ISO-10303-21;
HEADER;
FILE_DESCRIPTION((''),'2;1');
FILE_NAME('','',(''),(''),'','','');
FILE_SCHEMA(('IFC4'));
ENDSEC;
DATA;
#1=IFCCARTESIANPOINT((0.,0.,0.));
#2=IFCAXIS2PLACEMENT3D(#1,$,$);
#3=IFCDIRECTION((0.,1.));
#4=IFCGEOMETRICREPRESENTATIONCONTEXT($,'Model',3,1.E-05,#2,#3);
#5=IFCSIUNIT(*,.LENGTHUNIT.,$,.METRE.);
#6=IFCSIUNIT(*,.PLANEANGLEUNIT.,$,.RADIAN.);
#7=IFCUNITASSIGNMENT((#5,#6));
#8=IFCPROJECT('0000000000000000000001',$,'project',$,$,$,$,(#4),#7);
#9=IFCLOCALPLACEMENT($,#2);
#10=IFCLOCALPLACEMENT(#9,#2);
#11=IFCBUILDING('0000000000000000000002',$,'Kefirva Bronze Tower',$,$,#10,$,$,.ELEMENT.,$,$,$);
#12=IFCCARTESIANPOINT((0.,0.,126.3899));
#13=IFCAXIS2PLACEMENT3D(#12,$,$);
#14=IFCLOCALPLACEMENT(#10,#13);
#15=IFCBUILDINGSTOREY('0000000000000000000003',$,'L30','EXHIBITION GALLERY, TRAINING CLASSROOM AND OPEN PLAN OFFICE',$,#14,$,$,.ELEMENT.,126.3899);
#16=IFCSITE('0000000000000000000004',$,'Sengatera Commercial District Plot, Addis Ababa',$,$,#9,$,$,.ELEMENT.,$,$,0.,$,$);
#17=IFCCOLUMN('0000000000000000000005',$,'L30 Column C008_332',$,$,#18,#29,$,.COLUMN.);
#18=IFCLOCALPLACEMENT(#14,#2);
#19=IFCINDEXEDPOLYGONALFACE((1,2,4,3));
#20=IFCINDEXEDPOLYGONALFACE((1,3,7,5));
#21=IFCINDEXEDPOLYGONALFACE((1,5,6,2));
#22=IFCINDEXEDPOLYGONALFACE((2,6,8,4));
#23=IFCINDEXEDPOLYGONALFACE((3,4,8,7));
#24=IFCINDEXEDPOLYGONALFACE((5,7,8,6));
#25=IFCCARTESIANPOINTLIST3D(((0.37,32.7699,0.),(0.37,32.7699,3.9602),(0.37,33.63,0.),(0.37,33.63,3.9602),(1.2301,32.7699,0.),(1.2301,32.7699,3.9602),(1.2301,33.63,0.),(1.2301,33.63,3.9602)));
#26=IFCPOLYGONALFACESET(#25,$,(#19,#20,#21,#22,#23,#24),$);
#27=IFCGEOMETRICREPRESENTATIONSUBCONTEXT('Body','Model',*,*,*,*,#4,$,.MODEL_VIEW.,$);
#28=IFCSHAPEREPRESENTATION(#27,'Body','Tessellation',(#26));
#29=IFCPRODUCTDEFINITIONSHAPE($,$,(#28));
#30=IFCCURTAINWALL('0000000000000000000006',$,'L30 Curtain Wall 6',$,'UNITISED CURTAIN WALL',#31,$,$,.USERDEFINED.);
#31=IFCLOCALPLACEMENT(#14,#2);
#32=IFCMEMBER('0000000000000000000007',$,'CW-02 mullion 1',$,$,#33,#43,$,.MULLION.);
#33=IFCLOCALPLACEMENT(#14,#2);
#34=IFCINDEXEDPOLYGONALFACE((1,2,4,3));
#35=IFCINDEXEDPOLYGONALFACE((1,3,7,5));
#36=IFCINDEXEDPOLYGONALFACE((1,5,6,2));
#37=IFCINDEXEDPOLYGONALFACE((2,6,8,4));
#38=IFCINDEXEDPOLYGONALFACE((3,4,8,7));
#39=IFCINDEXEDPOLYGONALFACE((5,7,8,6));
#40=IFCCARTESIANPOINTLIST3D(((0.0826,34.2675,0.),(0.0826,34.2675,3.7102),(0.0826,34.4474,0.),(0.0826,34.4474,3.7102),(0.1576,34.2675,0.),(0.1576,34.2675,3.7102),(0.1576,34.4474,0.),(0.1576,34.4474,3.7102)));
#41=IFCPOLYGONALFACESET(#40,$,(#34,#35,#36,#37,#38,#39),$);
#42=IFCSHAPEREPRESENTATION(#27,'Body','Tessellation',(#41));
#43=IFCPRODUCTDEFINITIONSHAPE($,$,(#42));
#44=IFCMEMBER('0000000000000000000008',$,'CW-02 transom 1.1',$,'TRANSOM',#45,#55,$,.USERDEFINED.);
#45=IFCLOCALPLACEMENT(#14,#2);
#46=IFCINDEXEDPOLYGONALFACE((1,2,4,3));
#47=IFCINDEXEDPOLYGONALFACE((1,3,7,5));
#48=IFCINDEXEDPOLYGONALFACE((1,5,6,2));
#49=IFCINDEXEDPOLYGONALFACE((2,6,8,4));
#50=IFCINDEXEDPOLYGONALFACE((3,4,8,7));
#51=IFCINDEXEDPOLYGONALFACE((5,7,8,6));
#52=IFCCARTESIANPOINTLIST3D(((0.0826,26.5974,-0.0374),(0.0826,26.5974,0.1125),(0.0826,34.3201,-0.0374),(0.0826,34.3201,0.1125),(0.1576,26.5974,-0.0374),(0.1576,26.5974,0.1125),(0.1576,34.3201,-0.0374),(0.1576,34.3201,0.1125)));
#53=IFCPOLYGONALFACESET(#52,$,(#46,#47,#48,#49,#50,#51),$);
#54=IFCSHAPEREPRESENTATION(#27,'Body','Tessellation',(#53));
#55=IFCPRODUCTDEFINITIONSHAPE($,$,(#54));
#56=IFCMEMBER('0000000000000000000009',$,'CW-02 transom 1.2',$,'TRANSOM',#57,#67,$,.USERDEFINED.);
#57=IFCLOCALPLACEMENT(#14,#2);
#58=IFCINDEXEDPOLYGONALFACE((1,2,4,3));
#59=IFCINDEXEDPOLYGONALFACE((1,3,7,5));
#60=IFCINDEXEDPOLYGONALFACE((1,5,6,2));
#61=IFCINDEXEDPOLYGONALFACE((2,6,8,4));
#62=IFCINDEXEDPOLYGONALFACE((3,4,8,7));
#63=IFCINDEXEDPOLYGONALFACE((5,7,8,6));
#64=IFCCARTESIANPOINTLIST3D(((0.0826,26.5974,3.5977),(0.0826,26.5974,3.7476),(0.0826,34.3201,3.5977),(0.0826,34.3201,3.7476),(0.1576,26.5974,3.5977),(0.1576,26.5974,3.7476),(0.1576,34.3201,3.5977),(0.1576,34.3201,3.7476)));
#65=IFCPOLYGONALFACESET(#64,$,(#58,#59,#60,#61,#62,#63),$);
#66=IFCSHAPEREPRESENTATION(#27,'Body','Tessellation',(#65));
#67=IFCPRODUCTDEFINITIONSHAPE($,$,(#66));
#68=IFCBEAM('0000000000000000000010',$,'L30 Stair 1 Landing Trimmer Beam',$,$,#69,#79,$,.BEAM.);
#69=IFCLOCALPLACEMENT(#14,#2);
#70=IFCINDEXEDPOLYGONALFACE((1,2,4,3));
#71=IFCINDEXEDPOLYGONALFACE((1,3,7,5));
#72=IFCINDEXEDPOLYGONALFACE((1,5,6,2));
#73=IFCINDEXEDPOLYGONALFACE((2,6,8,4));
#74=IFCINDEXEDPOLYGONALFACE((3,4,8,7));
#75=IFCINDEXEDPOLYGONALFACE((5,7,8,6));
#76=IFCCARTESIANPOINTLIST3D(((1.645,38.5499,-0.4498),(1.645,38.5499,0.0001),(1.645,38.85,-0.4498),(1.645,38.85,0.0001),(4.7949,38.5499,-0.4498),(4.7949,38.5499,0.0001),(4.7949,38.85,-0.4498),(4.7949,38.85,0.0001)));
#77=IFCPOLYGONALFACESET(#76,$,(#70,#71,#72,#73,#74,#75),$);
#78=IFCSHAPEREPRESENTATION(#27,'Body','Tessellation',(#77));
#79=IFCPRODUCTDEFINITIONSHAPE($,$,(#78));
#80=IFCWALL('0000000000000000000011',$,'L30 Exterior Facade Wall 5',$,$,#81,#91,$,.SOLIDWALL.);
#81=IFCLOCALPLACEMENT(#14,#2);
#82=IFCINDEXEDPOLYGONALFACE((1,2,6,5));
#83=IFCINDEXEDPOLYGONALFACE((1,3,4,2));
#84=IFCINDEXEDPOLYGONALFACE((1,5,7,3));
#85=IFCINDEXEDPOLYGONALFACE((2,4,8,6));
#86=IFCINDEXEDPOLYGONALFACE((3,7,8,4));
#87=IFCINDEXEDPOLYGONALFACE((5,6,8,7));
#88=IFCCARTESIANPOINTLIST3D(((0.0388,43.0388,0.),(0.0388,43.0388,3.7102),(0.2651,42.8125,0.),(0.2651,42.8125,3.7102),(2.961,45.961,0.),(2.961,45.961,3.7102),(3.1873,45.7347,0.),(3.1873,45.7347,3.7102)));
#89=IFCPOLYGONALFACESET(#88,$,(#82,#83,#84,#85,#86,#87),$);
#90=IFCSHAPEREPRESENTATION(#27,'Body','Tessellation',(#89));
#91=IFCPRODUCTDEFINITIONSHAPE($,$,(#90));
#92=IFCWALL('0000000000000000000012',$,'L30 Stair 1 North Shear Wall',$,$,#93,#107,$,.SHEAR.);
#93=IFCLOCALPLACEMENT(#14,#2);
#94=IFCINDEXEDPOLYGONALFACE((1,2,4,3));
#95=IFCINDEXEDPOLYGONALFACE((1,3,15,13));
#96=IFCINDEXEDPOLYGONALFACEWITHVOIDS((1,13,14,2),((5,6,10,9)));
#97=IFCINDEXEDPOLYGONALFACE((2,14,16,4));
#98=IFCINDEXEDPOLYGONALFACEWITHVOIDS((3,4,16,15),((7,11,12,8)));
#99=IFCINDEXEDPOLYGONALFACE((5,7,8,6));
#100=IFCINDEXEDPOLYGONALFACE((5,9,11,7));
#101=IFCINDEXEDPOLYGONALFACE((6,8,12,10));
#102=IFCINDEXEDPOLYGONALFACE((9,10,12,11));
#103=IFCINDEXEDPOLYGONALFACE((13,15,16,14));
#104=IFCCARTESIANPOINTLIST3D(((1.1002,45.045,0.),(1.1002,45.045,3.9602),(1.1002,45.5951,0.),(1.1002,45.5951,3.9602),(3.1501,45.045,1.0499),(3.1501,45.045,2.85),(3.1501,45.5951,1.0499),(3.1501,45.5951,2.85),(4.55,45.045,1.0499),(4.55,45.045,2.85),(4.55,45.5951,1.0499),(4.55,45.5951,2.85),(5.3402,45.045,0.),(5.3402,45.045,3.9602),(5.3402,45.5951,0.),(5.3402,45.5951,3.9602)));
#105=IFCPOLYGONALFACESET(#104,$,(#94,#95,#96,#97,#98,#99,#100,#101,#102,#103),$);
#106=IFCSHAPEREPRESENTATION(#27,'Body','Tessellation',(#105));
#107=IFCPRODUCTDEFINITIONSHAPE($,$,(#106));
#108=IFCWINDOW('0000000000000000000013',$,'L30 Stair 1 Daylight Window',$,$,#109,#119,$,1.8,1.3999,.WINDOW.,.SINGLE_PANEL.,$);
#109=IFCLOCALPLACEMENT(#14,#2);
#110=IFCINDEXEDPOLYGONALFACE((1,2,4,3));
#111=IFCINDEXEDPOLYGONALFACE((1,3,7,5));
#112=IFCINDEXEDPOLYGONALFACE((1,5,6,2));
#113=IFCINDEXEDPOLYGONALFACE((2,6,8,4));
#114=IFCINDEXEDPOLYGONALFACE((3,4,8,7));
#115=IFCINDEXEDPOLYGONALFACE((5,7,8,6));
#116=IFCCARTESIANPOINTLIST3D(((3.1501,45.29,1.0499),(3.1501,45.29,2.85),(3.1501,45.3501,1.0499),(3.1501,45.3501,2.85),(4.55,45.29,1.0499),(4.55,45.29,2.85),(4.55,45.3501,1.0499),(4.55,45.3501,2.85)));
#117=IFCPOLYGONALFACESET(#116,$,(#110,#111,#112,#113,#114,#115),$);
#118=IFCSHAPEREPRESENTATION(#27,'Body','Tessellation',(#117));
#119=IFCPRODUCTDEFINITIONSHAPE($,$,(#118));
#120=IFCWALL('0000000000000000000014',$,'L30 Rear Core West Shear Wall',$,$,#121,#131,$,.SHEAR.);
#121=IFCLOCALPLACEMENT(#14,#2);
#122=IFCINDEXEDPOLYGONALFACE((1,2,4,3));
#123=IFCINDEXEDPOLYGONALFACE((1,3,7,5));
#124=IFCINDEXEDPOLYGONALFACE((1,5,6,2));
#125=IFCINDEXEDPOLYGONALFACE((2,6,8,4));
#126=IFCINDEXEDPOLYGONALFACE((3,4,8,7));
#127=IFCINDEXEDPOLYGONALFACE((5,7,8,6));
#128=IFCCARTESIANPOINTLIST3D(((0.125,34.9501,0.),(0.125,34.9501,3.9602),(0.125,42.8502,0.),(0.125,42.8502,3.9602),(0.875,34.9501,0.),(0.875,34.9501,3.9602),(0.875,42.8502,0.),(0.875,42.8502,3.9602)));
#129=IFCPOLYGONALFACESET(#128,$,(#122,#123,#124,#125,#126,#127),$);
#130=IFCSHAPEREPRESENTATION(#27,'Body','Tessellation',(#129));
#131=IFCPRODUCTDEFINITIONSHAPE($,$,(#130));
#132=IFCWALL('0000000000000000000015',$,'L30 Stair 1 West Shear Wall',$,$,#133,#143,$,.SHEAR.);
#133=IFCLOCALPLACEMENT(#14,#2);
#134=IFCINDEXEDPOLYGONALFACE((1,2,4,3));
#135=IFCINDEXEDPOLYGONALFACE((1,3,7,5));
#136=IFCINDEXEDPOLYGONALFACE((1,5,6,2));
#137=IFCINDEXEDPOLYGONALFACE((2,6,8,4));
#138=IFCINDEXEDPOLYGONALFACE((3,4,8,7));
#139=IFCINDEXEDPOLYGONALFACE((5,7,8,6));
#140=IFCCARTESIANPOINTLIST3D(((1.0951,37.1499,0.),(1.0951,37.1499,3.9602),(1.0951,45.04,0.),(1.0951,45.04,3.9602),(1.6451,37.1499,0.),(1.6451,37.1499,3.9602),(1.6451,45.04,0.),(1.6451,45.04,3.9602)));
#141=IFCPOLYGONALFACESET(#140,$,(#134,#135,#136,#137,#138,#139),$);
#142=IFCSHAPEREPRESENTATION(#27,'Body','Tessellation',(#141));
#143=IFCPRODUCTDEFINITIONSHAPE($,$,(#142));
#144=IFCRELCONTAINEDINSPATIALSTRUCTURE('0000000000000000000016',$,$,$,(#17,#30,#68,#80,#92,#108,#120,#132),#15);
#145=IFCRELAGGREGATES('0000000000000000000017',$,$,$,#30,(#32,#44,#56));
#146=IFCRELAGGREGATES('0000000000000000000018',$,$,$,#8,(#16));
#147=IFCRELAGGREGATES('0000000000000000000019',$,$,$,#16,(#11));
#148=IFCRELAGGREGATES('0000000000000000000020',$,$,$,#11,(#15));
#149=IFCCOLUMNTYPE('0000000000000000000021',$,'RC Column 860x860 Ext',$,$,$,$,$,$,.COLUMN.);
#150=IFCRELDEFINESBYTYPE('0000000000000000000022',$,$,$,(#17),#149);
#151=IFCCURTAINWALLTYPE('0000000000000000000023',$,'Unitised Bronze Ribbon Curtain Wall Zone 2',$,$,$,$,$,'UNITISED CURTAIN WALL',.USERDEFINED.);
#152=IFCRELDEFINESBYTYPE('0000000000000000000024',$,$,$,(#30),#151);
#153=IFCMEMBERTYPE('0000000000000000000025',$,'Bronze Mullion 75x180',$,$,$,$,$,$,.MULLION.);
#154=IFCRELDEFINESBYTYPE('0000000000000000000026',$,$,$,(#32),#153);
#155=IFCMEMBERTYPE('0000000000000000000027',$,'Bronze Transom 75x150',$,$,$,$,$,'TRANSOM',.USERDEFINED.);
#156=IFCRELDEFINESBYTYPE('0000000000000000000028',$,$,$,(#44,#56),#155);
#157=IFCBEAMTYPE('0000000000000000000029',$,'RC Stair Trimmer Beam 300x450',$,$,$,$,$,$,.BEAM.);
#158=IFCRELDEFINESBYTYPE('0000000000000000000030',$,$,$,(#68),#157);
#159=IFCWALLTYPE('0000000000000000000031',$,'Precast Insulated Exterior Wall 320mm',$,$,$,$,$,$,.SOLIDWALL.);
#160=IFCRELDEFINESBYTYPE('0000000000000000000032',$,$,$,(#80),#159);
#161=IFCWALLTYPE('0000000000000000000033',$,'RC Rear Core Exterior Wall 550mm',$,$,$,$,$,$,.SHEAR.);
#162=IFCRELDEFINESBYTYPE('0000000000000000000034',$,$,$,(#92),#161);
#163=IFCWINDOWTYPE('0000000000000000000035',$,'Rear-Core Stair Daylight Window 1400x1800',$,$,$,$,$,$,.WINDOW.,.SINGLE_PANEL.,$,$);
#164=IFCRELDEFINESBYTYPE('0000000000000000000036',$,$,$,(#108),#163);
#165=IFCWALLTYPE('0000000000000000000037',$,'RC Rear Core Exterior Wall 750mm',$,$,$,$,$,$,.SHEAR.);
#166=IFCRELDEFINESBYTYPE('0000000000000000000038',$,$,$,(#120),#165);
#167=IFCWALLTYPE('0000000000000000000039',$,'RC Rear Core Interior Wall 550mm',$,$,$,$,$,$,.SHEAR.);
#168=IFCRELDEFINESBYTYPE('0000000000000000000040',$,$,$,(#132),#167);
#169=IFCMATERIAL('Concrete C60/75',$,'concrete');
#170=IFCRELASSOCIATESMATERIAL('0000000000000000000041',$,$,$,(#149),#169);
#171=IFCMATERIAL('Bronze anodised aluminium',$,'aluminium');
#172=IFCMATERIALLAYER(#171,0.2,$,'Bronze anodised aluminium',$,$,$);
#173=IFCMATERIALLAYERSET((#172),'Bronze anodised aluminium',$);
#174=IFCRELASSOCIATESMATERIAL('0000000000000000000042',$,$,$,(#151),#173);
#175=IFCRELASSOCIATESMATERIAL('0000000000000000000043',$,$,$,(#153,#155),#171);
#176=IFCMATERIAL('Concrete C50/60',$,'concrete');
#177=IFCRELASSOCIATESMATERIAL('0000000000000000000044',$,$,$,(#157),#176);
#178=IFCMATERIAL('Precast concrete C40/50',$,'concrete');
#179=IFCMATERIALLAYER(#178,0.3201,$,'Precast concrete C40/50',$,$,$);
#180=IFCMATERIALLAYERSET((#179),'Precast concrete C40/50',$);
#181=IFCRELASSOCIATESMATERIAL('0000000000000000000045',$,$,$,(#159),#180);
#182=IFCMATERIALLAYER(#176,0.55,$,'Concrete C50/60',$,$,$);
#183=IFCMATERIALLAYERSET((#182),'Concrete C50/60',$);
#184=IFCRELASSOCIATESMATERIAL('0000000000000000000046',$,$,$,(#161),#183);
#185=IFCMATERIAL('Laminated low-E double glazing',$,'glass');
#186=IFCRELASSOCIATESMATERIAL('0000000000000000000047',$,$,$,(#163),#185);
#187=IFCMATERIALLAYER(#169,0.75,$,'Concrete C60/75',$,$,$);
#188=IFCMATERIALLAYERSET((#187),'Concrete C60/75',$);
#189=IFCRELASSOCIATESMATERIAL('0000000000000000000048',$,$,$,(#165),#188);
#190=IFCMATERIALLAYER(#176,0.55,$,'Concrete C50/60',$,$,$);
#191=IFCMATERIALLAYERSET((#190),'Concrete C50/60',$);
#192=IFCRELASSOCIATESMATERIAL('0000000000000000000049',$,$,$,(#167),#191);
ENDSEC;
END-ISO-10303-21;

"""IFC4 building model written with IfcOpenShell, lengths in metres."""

from ifc_helpers import new_model, si_unit, direction, frame, frame_2d, origin, origin_2d, place, context, subcontext, project, spatial, rectangle, extrude, material, layer, layer_set, material_profile, profile_set, type_object, element, fill, aggregate, save


model = new_model("IFC4")

# Units and contexts
model_context = context("Model", 3, precision=1e-05, world=origin(), true_north=direction((0.0, 1.0)))
body_context = subcontext(model_context, "Body", "Model", "MODEL_VIEW")
ifc_project = project(units=[si_unit("LENGTHUNIT", "METRE"), si_unit("PLANEANGLEUNIT", "RADIAN")], contexts=[model_context])

# Site, building, storey
site_placement = place(None, origin())
site = spatial("IfcSite", under=ifc_project, at=site_placement, Name="Sengatera Commercial District Plot, Addis Ababa", CompositionType="ELEMENT", RefElevation=0.0)
building_placement = place(site_placement, origin())
building = spatial("IfcBuilding", under=site, at=building_placement, Name="Kefirva Bronze Tower", CompositionType="ELEMENT")
storey_placement = place(building_placement, frame((0.0, 0.0, 126.3899)))
storey = spatial("IfcBuildingStorey", under=building, at=storey_placement, Name="L30", Description="EXHIBITION GALLERY, TRAINING CLASSROOM AND OPEN PLAN OFFICE", CompositionType="ELEMENT", Elevation=126.3899)

# Column
ifc_material_1 = material(Name="Concrete C60/75", Category="concrete")
ifc_material_profile_1 = material_profile(ifc_material_1, rectangle(XDim=0.8601, YDim=0.8601, at=origin_2d()), Name="RC 860x860")
ifc_profile_set_1 = profile_set([ifc_material_profile_1], Name="Concrete C60/75")
column_type = type_object("IfcColumnType", Name="RC Column 860x860 Ext", PredefinedType="COLUMN", material=ifc_profile_set_1)
column_placement = place(storey_placement, frame((0.8, 33.2, 0.0), z_axis=(0.0, 0.0, 1.0), x_axis=(1.0, 0.0, 0.0)))
element("IfcColumn", 1, at=column_placement, inside=storey, type_object=column_type, Name="L30 Column C008_332", PredefinedType="COLUMN", context=body_context, shape_type="SweptSolid", body=[
    extrude(rectangle(XDim=0.8601, YDim=0.8601, at=origin_2d()), origin(), (0.0, 0.0, 1.0), 3.9602),
])

# Curtain wall, members
ifc_material_2 = material(Name="Bronze anodised aluminium", Category="aluminium")
ifc_layer_1 = layer(ifc_material_2, 0.2, Name="Bronze anodised aluminium")
ifc_layer_set_1 = layer_set([ifc_layer_1], Name="Bronze anodised aluminium")
curtain_wall_type = type_object("IfcCurtainWallType", Name="Unitised Bronze Ribbon Curtain Wall Zone 2", ElementType="UNITISED CURTAIN WALL", PredefinedType="USERDEFINED", material=ifc_layer_set_1)
curtain_wall_placement = place(storey_placement, origin())
curtain_wall = element("IfcCurtainWall", 2, at=curtain_wall_placement, inside=storey, type_object=curtain_wall_type, Name="L30 Curtain Wall 6", ObjectType="UNITISED CURTAIN WALL", PredefinedType="USERDEFINED")
ifc_material_profile_2 = material_profile(ifc_material_2, rectangle(XDim=0.075, YDim=0.1799, at=origin_2d()), Name="ALU 75x180")
ifc_profile_set_2 = profile_set([ifc_material_profile_2], Name="Bronze anodised aluminium")
member_type_1 = type_object("IfcMemberType", Name="Bronze Mullion 75x180", PredefinedType="MULLION", material=ifc_profile_set_2)
member_1_placement = place(storey_placement, frame((0.1201, 34.3574, 0.0), z_axis=(0.0, 0.0, 1.0), x_axis=(1.0, 0.0, 0.0)))
member_1 = element("IfcMember", 3, at=member_1_placement, type_object=member_type_1, Name="CW-02 mullion 1", PredefinedType="MULLION", context=body_context, shape_type="SweptSolid", body=[
    extrude(rectangle(XDim=0.075, YDim=0.1799, at=origin_2d()), origin(), (0.0, 0.0, 1.0), 3.7102),
])
ifc_material_profile_3 = material_profile(ifc_material_2, rectangle(XDim=0.075, YDim=0.1499, at=origin_2d()), Name="ALU 75x150")
ifc_profile_set_3 = profile_set([ifc_material_profile_3], Name="Bronze anodised aluminium")
member_type_2 = type_object("IfcMemberType", Name="Bronze Transom 75x150", ElementType="TRANSOM", PredefinedType="USERDEFINED", material=ifc_profile_set_3)
member_2_placement = place(storey_placement, frame((0.1201, 34.3201, 0.0376), z_axis=(0.0, -1.0, 0.0), x_axis=(1.0, 0.0, 0.0)))
member_2 = element("IfcMember", 4, at=member_2_placement, type_object=member_type_2, Name="CW-02 transom 1.1", ObjectType="TRANSOM", PredefinedType="USERDEFINED", context=body_context, shape_type="SweptSolid", body=[
    extrude(rectangle(XDim=0.075, YDim=0.1499, at=origin_2d()), origin(), (0.0, 0.0, 1.0), 7.7227),
])
member_3_placement = place(storey_placement, frame((0.1201, 34.3201, 3.6726), z_axis=(0.0, -1.0, 0.0), x_axis=(1.0, 0.0, 0.0)))
member_3 = element("IfcMember", 5, at=member_3_placement, type_object=member_type_2, Name="CW-02 transom 1.2", ObjectType="TRANSOM", PredefinedType="USERDEFINED", context=body_context, shape_type="SweptSolid", body=[
    extrude(rectangle(XDim=0.075, YDim=0.1499, at=origin_2d()), origin(), (0.0, 0.0, 1.0), 7.7227),
])
aggregate(curtain_wall, [member_1, member_2, member_3])

# Beam
ifc_material_3 = material(Name="Concrete C50/60", Category="concrete")
ifc_material_profile_4 = material_profile(ifc_material_3, rectangle(XDim=0.3, YDim=0.45, at=origin_2d()), Name="RC 300x450")
ifc_profile_set_4 = profile_set([ifc_material_profile_4], Name="Concrete C50/60")
beam_type = type_object("IfcBeamType", Name="RC Stair Trimmer Beam 300x450", PredefinedType="BEAM", material=ifc_profile_set_4)
beam_placement = place(storey_placement, frame((1.645, 38.7, -0.2249), z_axis=(1.0, 0.0, 0.0), x_axis=(0.0, 1.0, 0.0)))
element("IfcBeam", 6, at=beam_placement, inside=storey, type_object=beam_type, Name="L30 Stair 1 Landing Trimmer Beam", PredefinedType="BEAM", context=body_context, shape_type="SweptSolid", body=[
    extrude(rectangle(XDim=0.3, YDim=0.45, at=origin_2d()), origin(), (0.0, 0.0, 1.0), 3.1499),
])

# Wall
ifc_material_4 = material(Name="Precast concrete C40/50", Category="concrete")
ifc_layer_2 = layer(ifc_material_4, 0.3201, Name="Precast concrete C40/50")
ifc_layer_set_2 = layer_set([ifc_layer_2], Name="Precast concrete C40/50")
wall_type_1 = type_object("IfcWallType", Name="Precast Insulated Exterior Wall 320mm", PredefinedType="SOLIDWALL", material=ifc_layer_set_2)
wall_1_placement = place(storey_placement, frame((3.0742, 45.8479, 0.0), z_axis=(0.0, 0.0, 1.0), x_axis=(-0.707107, -0.707107, 0.0)))
element("IfcWall", 7, at=wall_1_placement, inside=storey, type_object=wall_type_1, Name="L30 Exterior Facade Wall 5", PredefinedType="SOLIDWALL", context=body_context, shape_type="SweptSolid", body=[
    extrude(rectangle(XDim=4.1326, YDim=0.3201, at=frame_2d((2.0664, 0.0))), origin(), (0.0, 0.0, 1.0), 3.7102),
])

# Wall, opening, window
ifc_layer_3 = layer(ifc_material_3, 0.55, Name="Concrete C50/60")
ifc_layer_set_3 = layer_set([ifc_layer_3], Name="Concrete C50/60")
wall_type_2 = type_object("IfcWallType", Name="RC Rear Core Exterior Wall 550mm", PredefinedType="SHEAR", material=ifc_layer_set_3)
wall_2_placement = place(storey_placement, frame((1.1001, 45.3201, 0.0), z_axis=(0.0, 0.0, 1.0), x_axis=(1.0, 0.0, 0.0)))
wall_2 = element("IfcWall", 8, at=wall_2_placement, inside=storey, type_object=wall_type_2, Name="L30 Stair 1 North Shear Wall", PredefinedType="SHEAR", context=body_context, shape_type="SweptSolid", body=[
    extrude(rectangle(XDim=4.24, YDim=0.55, at=frame_2d((2.1201, 0.0))), origin(), (0.0, 0.0, 1.0), 3.9602),
])
opening_1_placement = place(wall_2_placement, frame((2.05, 0.0, 1.05)))
opening_1 = element("IfcOpeningElement", 9, at=opening_1_placement, cuts=wall_2, PredefinedType="OPENING", context=body_context, shape_type="SweptSolid", body=[
    extrude(rectangle(XDim=1.3999, YDim=1.8, at=frame_2d((0.7, 0.8999))), frame((0.0, 0.2852, 0.0), z_axis=(0.0, -1.0, 0.0), x_axis=(1.0, 0.0, 0.0)), (0.0, 0.0, 1.0), 0.5701),
])
ifc_material_5 = material(Name="Laminated low-E double glazing", Category="glass")
window_type = type_object("IfcWindowType", Name="Rear-Core Stair Daylight Window 1400x1800", PartitioningType="SINGLE_PANEL", PredefinedType="WINDOW", material=ifc_material_5)
window_placement = place(opening_1_placement, origin())
window = element("IfcWindow", 10, at=window_placement, inside=storey, type_object=window_type, Name="L30 Stair 1 Daylight Window", OverallHeight=1.8, OverallWidth=1.3999, PartitioningType="SINGLE_PANEL", PredefinedType="WINDOW", context=body_context, shape_type="SweptSolid", body=[
    extrude(rectangle(XDim=1.3999, YDim=1.8, at=frame_2d((0.7, 0.8999))), frame((0.0, 0.03, 0.0), z_axis=(0.0, -1.0, 0.0), x_axis=(1.0, 0.0, 0.0)), (0.0, 0.0, 1.0), 0.0601),
])
fill(opening_1, window)

# Walls
ifc_layer_4 = layer(ifc_material_1, 0.75, Name="Concrete C60/75")
ifc_layer_set_4 = layer_set([ifc_layer_4], Name="Concrete C60/75")
wall_type_3 = type_object("IfcWallType", Name="RC Rear Core Exterior Wall 750mm", PredefinedType="SHEAR", material=ifc_layer_set_4)
wall_3_placement = place(storey_placement, frame((0.5, 34.95, 0.0), z_axis=(0.0, 0.0, 1.0), x_axis=(0.0, 1.0, 0.0)))
element("IfcWall", 11, at=wall_3_placement, inside=storey, type_object=wall_type_3, Name="L30 Rear Core West Shear Wall", PredefinedType="SHEAR", context=body_context, shape_type="SweptSolid", body=[
    extrude(rectangle(XDim=7.9001, YDim=0.75, at=frame_2d((3.9502, 0.0))), origin(), (0.0, 0.0, 1.0), 3.9602),
])
ifc_layer_5 = layer(ifc_material_3, 0.55, Name="Concrete C50/60")
ifc_layer_set_5 = layer_set([ifc_layer_5], Name="Concrete C50/60")
wall_type_4 = type_object("IfcWallType", Name="RC Rear Core Interior Wall 550mm", PredefinedType="SHEAR", material=ifc_layer_set_5)
wall_4_placement = place(storey_placement, frame((1.3701, 37.1499, 0.0), z_axis=(0.0, 0.0, 1.0), x_axis=(0.0, 1.0, 0.0)))
element("IfcWall", 12, at=wall_4_placement, inside=storey, type_object=wall_type_4, Name="L30 Stair 1 West Shear Wall", PredefinedType="SHEAR", context=body_context, shape_type="SweptSolid", body=[
    extrude(rectangle(XDim=7.8901, YDim=0.55, at=frame_2d((3.9451, 0.0))), origin(), (0.0, 0.0, 1.0), 3.9602),
])

save(model, "model.ifc")
